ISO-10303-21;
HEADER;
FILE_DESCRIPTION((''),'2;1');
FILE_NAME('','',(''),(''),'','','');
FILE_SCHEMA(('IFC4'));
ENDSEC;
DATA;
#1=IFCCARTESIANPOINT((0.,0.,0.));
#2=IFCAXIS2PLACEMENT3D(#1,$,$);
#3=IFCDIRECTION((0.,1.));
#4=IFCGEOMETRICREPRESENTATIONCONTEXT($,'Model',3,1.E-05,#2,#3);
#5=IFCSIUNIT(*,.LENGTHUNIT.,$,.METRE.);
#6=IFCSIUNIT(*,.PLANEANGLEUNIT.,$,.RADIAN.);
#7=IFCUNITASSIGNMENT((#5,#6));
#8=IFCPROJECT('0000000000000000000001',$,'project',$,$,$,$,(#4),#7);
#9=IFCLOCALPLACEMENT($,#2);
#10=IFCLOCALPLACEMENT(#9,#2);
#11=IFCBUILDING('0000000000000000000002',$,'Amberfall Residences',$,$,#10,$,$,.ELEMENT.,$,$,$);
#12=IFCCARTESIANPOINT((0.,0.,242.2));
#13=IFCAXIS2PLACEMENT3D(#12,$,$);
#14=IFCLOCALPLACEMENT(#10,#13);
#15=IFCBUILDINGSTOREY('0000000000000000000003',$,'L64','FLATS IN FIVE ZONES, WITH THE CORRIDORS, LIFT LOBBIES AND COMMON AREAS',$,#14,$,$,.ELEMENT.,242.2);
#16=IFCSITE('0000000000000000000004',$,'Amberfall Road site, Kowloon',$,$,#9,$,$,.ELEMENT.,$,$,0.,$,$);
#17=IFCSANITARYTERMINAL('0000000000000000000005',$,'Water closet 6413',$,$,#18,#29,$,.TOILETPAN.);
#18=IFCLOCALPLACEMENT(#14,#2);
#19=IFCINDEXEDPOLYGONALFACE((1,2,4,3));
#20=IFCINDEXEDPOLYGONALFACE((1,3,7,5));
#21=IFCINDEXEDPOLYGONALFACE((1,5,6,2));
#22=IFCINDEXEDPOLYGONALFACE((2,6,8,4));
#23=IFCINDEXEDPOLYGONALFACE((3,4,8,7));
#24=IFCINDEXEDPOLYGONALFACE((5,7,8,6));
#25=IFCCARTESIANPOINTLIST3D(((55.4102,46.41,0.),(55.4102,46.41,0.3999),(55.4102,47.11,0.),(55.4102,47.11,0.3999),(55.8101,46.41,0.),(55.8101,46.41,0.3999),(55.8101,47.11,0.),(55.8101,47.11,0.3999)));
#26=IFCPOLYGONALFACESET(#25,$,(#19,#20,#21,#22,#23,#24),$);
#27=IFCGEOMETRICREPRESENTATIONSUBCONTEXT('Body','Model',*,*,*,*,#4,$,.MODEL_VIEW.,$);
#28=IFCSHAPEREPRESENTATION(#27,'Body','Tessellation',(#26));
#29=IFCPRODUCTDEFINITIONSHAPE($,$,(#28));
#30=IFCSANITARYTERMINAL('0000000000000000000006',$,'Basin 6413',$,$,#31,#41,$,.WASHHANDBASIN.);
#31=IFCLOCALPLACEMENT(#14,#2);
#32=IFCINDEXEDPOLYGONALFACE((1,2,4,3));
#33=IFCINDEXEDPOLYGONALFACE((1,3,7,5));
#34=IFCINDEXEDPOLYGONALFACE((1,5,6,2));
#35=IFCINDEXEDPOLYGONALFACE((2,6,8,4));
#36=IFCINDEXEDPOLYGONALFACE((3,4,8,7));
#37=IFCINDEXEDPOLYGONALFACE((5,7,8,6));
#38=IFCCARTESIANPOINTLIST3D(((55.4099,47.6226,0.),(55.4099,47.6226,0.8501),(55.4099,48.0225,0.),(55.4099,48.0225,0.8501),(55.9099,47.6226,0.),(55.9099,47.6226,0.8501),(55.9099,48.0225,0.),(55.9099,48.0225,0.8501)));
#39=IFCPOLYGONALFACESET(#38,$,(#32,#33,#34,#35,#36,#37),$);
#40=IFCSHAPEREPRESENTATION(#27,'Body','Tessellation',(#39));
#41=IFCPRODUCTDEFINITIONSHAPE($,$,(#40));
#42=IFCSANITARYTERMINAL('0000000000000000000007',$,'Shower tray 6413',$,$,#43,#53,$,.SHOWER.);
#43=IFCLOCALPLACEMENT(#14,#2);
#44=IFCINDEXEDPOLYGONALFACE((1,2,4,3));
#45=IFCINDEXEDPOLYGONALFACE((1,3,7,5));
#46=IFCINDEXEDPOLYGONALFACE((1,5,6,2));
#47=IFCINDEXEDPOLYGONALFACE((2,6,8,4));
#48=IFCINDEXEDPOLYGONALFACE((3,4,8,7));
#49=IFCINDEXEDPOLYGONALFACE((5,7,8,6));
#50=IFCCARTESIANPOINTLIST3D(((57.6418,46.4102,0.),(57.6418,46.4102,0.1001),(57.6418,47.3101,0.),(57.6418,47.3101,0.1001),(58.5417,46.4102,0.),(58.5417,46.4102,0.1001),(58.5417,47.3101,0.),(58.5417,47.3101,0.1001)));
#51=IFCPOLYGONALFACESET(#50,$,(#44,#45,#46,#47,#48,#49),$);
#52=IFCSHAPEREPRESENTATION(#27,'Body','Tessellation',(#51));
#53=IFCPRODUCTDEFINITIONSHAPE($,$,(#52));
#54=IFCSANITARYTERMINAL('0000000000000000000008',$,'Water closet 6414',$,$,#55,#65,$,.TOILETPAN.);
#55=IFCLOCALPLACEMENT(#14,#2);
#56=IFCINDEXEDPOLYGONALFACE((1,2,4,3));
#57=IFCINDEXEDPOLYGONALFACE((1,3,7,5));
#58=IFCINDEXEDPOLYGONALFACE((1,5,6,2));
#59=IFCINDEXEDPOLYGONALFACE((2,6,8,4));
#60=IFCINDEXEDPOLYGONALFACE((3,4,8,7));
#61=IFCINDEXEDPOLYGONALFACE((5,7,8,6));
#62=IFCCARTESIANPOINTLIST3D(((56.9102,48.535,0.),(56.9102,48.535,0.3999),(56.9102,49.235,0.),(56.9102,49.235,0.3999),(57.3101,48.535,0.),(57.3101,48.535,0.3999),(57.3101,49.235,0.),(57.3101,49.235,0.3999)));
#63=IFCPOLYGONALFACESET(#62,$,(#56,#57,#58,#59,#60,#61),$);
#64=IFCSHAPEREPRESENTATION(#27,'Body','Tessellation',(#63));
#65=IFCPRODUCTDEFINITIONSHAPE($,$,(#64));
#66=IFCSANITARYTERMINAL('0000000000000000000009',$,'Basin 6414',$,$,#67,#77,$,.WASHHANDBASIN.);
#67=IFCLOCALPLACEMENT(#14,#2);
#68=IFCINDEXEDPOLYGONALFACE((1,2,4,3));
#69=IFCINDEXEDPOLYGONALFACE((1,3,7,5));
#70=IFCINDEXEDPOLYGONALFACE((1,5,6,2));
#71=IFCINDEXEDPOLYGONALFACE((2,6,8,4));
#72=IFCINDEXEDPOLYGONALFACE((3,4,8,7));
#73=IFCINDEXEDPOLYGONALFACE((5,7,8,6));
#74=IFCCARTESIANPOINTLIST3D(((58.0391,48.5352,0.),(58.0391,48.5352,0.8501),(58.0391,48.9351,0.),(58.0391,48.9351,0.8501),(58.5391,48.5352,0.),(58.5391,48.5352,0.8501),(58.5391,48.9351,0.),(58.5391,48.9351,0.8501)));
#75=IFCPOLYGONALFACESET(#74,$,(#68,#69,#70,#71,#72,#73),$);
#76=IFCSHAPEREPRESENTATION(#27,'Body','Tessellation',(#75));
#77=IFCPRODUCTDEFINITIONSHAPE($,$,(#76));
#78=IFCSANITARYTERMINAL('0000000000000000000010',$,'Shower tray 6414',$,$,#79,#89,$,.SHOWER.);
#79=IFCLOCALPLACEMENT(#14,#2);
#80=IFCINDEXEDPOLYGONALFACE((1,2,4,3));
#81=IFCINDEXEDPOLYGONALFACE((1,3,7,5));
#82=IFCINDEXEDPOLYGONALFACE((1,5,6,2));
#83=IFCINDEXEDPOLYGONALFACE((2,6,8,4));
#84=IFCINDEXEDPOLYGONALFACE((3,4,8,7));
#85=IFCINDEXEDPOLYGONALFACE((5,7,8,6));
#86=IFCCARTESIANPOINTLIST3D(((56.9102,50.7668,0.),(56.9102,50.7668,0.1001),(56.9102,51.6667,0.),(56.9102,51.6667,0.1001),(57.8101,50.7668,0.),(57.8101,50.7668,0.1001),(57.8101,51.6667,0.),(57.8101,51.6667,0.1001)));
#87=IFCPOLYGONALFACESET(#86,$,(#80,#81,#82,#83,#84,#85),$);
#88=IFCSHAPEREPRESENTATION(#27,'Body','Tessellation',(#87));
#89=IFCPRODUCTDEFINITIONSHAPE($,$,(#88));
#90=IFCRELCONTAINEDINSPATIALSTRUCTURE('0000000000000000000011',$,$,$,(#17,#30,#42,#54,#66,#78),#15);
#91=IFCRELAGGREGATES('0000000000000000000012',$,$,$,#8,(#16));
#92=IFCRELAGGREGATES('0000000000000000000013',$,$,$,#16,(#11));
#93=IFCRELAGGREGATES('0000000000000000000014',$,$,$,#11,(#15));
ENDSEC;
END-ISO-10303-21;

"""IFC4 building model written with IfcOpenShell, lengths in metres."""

from ifc_helpers import new_model, si_unit, direction, frame, origin, origin_2d, place, context, subcontext, project, spatial, rectangle, extrude, element, save


model = new_model("IFC4")

# Units and contexts
model_context = context("Model", 3, precision=1e-05, world=origin(), true_north=direction((0.0, 1.0)))
body_context = subcontext(model_context, "Body", "Model", "MODEL_VIEW")
ifc_project = project(units=[si_unit("LENGTHUNIT", "METRE"), si_unit("PLANEANGLEUNIT", "RADIAN")], contexts=[model_context])

# Site, building, storey
site_placement = place(None, origin())
site = spatial("IfcSite", under=ifc_project, at=site_placement, Name="Amberfall Road site, Kowloon", CompositionType="ELEMENT", RefElevation=0.0)
building_placement = place(site_placement, origin())
building = spatial("IfcBuilding", under=site, at=building_placement, Name="Amberfall Residences", CompositionType="ELEMENT")
storey_placement = place(building_placement, frame((0.0, 0.0, 242.2)))
storey = spatial("IfcBuildingStorey", under=building, at=storey_placement, Name="L64", Description="FLATS IN FIVE ZONES, WITH THE CORRIDORS, LIFT LOBBIES AND COMMON AREAS", CompositionType="ELEMENT", Elevation=242.2)

# Sanitary terminals
sanitary_terminal_1_placement = place(storey_placement, frame((55.6101, 46.76, 0.0), z_axis=(0.0, 0.0, 1.0), x_axis=(1.0, 0.0, 0.0)))
element("IfcSanitaryTerminal", 1, at=sanitary_terminal_1_placement, inside=storey, Name="Water closet 6413", PredefinedType="TOILETPAN", context=body_context, shape_type="SweptSolid", body=[
    extrude(rectangle(XDim=0.3999, YDim=0.7, at=origin_2d()), origin(), (0.0, 0.0, 1.0), 0.3999),
])
sanitary_terminal_2_placement = place(storey_placement, frame((55.6599, 47.8225, 0.0), z_axis=(0.0, 0.0, 1.0), x_axis=(1.0, 0.0, 0.0)))
element("IfcSanitaryTerminal", 2, at=sanitary_terminal_2_placement, inside=storey, Name="Basin 6413", PredefinedType="WASHHANDBASIN", context=body_context, shape_type="SweptSolid", body=[
    extrude(rectangle(XDim=0.5, YDim=0.3999, at=origin_2d()), origin(), (0.0, 0.0, 1.0), 0.8501),
])
sanitary_terminal_3_placement = place(storey_placement, frame((58.0918, 46.8601, 0.0), z_axis=(0.0, 0.0, 1.0), x_axis=(1.0, 0.0, 0.0)))
element("IfcSanitaryTerminal", 3, at=sanitary_terminal_3_placement, inside=storey, Name="Shower tray 6413", PredefinedType="SHOWER", context=body_context, shape_type="SweptSolid", body=[
    extrude(rectangle(XDim=0.8999, YDim=0.8999, at=origin_2d()), origin(), (0.0, 0.0, 1.0), 0.1001),
])
sanitary_terminal_4_placement = place(storey_placement, frame((57.1101, 48.885, 0.0), z_axis=(0.0, 0.0, 1.0), x_axis=(1.0, 0.0, 0.0)))
element("IfcSanitaryTerminal", 4, at=sanitary_terminal_4_placement, inside=storey, Name="Water closet 6414", PredefinedType="TOILETPAN", context=body_context, shape_type="SweptSolid", body=[
    extrude(rectangle(XDim=0.3999, YDim=0.7, at=origin_2d()), origin(), (0.0, 0.0, 1.0), 0.3999),
])
sanitary_terminal_5_placement = place(storey_placement, frame((58.2891, 48.7351, 0.0), z_axis=(0.0, 0.0, 1.0), x_axis=(1.0, 0.0, 0.0)))
element("IfcSanitaryTerminal", 5, at=sanitary_terminal_5_placement, inside=storey, Name="Basin 6414", PredefinedType="WASHHANDBASIN", context=body_context, shape_type="SweptSolid", body=[
    extrude(rectangle(XDim=0.5, YDim=0.3999, at=origin_2d()), origin(), (0.0, 0.0, 1.0), 0.8501),
])
sanitary_terminal_6_placement = place(storey_placement, frame((57.3601, 51.2168, 0.0), z_axis=(0.0, 0.0, 1.0), x_axis=(1.0, 0.0, 0.0)))
element("IfcSanitaryTerminal", 6, at=sanitary_terminal_6_placement, inside=storey, Name="Shower tray 6414", PredefinedType="SHOWER", context=body_context, shape_type="SweptSolid", body=[
    extrude(rectangle(XDim=0.8999, YDim=0.8999, at=origin_2d()), origin(), (0.0, 0.0, 1.0), 0.1001),
])

save(model, "model.ifc")
